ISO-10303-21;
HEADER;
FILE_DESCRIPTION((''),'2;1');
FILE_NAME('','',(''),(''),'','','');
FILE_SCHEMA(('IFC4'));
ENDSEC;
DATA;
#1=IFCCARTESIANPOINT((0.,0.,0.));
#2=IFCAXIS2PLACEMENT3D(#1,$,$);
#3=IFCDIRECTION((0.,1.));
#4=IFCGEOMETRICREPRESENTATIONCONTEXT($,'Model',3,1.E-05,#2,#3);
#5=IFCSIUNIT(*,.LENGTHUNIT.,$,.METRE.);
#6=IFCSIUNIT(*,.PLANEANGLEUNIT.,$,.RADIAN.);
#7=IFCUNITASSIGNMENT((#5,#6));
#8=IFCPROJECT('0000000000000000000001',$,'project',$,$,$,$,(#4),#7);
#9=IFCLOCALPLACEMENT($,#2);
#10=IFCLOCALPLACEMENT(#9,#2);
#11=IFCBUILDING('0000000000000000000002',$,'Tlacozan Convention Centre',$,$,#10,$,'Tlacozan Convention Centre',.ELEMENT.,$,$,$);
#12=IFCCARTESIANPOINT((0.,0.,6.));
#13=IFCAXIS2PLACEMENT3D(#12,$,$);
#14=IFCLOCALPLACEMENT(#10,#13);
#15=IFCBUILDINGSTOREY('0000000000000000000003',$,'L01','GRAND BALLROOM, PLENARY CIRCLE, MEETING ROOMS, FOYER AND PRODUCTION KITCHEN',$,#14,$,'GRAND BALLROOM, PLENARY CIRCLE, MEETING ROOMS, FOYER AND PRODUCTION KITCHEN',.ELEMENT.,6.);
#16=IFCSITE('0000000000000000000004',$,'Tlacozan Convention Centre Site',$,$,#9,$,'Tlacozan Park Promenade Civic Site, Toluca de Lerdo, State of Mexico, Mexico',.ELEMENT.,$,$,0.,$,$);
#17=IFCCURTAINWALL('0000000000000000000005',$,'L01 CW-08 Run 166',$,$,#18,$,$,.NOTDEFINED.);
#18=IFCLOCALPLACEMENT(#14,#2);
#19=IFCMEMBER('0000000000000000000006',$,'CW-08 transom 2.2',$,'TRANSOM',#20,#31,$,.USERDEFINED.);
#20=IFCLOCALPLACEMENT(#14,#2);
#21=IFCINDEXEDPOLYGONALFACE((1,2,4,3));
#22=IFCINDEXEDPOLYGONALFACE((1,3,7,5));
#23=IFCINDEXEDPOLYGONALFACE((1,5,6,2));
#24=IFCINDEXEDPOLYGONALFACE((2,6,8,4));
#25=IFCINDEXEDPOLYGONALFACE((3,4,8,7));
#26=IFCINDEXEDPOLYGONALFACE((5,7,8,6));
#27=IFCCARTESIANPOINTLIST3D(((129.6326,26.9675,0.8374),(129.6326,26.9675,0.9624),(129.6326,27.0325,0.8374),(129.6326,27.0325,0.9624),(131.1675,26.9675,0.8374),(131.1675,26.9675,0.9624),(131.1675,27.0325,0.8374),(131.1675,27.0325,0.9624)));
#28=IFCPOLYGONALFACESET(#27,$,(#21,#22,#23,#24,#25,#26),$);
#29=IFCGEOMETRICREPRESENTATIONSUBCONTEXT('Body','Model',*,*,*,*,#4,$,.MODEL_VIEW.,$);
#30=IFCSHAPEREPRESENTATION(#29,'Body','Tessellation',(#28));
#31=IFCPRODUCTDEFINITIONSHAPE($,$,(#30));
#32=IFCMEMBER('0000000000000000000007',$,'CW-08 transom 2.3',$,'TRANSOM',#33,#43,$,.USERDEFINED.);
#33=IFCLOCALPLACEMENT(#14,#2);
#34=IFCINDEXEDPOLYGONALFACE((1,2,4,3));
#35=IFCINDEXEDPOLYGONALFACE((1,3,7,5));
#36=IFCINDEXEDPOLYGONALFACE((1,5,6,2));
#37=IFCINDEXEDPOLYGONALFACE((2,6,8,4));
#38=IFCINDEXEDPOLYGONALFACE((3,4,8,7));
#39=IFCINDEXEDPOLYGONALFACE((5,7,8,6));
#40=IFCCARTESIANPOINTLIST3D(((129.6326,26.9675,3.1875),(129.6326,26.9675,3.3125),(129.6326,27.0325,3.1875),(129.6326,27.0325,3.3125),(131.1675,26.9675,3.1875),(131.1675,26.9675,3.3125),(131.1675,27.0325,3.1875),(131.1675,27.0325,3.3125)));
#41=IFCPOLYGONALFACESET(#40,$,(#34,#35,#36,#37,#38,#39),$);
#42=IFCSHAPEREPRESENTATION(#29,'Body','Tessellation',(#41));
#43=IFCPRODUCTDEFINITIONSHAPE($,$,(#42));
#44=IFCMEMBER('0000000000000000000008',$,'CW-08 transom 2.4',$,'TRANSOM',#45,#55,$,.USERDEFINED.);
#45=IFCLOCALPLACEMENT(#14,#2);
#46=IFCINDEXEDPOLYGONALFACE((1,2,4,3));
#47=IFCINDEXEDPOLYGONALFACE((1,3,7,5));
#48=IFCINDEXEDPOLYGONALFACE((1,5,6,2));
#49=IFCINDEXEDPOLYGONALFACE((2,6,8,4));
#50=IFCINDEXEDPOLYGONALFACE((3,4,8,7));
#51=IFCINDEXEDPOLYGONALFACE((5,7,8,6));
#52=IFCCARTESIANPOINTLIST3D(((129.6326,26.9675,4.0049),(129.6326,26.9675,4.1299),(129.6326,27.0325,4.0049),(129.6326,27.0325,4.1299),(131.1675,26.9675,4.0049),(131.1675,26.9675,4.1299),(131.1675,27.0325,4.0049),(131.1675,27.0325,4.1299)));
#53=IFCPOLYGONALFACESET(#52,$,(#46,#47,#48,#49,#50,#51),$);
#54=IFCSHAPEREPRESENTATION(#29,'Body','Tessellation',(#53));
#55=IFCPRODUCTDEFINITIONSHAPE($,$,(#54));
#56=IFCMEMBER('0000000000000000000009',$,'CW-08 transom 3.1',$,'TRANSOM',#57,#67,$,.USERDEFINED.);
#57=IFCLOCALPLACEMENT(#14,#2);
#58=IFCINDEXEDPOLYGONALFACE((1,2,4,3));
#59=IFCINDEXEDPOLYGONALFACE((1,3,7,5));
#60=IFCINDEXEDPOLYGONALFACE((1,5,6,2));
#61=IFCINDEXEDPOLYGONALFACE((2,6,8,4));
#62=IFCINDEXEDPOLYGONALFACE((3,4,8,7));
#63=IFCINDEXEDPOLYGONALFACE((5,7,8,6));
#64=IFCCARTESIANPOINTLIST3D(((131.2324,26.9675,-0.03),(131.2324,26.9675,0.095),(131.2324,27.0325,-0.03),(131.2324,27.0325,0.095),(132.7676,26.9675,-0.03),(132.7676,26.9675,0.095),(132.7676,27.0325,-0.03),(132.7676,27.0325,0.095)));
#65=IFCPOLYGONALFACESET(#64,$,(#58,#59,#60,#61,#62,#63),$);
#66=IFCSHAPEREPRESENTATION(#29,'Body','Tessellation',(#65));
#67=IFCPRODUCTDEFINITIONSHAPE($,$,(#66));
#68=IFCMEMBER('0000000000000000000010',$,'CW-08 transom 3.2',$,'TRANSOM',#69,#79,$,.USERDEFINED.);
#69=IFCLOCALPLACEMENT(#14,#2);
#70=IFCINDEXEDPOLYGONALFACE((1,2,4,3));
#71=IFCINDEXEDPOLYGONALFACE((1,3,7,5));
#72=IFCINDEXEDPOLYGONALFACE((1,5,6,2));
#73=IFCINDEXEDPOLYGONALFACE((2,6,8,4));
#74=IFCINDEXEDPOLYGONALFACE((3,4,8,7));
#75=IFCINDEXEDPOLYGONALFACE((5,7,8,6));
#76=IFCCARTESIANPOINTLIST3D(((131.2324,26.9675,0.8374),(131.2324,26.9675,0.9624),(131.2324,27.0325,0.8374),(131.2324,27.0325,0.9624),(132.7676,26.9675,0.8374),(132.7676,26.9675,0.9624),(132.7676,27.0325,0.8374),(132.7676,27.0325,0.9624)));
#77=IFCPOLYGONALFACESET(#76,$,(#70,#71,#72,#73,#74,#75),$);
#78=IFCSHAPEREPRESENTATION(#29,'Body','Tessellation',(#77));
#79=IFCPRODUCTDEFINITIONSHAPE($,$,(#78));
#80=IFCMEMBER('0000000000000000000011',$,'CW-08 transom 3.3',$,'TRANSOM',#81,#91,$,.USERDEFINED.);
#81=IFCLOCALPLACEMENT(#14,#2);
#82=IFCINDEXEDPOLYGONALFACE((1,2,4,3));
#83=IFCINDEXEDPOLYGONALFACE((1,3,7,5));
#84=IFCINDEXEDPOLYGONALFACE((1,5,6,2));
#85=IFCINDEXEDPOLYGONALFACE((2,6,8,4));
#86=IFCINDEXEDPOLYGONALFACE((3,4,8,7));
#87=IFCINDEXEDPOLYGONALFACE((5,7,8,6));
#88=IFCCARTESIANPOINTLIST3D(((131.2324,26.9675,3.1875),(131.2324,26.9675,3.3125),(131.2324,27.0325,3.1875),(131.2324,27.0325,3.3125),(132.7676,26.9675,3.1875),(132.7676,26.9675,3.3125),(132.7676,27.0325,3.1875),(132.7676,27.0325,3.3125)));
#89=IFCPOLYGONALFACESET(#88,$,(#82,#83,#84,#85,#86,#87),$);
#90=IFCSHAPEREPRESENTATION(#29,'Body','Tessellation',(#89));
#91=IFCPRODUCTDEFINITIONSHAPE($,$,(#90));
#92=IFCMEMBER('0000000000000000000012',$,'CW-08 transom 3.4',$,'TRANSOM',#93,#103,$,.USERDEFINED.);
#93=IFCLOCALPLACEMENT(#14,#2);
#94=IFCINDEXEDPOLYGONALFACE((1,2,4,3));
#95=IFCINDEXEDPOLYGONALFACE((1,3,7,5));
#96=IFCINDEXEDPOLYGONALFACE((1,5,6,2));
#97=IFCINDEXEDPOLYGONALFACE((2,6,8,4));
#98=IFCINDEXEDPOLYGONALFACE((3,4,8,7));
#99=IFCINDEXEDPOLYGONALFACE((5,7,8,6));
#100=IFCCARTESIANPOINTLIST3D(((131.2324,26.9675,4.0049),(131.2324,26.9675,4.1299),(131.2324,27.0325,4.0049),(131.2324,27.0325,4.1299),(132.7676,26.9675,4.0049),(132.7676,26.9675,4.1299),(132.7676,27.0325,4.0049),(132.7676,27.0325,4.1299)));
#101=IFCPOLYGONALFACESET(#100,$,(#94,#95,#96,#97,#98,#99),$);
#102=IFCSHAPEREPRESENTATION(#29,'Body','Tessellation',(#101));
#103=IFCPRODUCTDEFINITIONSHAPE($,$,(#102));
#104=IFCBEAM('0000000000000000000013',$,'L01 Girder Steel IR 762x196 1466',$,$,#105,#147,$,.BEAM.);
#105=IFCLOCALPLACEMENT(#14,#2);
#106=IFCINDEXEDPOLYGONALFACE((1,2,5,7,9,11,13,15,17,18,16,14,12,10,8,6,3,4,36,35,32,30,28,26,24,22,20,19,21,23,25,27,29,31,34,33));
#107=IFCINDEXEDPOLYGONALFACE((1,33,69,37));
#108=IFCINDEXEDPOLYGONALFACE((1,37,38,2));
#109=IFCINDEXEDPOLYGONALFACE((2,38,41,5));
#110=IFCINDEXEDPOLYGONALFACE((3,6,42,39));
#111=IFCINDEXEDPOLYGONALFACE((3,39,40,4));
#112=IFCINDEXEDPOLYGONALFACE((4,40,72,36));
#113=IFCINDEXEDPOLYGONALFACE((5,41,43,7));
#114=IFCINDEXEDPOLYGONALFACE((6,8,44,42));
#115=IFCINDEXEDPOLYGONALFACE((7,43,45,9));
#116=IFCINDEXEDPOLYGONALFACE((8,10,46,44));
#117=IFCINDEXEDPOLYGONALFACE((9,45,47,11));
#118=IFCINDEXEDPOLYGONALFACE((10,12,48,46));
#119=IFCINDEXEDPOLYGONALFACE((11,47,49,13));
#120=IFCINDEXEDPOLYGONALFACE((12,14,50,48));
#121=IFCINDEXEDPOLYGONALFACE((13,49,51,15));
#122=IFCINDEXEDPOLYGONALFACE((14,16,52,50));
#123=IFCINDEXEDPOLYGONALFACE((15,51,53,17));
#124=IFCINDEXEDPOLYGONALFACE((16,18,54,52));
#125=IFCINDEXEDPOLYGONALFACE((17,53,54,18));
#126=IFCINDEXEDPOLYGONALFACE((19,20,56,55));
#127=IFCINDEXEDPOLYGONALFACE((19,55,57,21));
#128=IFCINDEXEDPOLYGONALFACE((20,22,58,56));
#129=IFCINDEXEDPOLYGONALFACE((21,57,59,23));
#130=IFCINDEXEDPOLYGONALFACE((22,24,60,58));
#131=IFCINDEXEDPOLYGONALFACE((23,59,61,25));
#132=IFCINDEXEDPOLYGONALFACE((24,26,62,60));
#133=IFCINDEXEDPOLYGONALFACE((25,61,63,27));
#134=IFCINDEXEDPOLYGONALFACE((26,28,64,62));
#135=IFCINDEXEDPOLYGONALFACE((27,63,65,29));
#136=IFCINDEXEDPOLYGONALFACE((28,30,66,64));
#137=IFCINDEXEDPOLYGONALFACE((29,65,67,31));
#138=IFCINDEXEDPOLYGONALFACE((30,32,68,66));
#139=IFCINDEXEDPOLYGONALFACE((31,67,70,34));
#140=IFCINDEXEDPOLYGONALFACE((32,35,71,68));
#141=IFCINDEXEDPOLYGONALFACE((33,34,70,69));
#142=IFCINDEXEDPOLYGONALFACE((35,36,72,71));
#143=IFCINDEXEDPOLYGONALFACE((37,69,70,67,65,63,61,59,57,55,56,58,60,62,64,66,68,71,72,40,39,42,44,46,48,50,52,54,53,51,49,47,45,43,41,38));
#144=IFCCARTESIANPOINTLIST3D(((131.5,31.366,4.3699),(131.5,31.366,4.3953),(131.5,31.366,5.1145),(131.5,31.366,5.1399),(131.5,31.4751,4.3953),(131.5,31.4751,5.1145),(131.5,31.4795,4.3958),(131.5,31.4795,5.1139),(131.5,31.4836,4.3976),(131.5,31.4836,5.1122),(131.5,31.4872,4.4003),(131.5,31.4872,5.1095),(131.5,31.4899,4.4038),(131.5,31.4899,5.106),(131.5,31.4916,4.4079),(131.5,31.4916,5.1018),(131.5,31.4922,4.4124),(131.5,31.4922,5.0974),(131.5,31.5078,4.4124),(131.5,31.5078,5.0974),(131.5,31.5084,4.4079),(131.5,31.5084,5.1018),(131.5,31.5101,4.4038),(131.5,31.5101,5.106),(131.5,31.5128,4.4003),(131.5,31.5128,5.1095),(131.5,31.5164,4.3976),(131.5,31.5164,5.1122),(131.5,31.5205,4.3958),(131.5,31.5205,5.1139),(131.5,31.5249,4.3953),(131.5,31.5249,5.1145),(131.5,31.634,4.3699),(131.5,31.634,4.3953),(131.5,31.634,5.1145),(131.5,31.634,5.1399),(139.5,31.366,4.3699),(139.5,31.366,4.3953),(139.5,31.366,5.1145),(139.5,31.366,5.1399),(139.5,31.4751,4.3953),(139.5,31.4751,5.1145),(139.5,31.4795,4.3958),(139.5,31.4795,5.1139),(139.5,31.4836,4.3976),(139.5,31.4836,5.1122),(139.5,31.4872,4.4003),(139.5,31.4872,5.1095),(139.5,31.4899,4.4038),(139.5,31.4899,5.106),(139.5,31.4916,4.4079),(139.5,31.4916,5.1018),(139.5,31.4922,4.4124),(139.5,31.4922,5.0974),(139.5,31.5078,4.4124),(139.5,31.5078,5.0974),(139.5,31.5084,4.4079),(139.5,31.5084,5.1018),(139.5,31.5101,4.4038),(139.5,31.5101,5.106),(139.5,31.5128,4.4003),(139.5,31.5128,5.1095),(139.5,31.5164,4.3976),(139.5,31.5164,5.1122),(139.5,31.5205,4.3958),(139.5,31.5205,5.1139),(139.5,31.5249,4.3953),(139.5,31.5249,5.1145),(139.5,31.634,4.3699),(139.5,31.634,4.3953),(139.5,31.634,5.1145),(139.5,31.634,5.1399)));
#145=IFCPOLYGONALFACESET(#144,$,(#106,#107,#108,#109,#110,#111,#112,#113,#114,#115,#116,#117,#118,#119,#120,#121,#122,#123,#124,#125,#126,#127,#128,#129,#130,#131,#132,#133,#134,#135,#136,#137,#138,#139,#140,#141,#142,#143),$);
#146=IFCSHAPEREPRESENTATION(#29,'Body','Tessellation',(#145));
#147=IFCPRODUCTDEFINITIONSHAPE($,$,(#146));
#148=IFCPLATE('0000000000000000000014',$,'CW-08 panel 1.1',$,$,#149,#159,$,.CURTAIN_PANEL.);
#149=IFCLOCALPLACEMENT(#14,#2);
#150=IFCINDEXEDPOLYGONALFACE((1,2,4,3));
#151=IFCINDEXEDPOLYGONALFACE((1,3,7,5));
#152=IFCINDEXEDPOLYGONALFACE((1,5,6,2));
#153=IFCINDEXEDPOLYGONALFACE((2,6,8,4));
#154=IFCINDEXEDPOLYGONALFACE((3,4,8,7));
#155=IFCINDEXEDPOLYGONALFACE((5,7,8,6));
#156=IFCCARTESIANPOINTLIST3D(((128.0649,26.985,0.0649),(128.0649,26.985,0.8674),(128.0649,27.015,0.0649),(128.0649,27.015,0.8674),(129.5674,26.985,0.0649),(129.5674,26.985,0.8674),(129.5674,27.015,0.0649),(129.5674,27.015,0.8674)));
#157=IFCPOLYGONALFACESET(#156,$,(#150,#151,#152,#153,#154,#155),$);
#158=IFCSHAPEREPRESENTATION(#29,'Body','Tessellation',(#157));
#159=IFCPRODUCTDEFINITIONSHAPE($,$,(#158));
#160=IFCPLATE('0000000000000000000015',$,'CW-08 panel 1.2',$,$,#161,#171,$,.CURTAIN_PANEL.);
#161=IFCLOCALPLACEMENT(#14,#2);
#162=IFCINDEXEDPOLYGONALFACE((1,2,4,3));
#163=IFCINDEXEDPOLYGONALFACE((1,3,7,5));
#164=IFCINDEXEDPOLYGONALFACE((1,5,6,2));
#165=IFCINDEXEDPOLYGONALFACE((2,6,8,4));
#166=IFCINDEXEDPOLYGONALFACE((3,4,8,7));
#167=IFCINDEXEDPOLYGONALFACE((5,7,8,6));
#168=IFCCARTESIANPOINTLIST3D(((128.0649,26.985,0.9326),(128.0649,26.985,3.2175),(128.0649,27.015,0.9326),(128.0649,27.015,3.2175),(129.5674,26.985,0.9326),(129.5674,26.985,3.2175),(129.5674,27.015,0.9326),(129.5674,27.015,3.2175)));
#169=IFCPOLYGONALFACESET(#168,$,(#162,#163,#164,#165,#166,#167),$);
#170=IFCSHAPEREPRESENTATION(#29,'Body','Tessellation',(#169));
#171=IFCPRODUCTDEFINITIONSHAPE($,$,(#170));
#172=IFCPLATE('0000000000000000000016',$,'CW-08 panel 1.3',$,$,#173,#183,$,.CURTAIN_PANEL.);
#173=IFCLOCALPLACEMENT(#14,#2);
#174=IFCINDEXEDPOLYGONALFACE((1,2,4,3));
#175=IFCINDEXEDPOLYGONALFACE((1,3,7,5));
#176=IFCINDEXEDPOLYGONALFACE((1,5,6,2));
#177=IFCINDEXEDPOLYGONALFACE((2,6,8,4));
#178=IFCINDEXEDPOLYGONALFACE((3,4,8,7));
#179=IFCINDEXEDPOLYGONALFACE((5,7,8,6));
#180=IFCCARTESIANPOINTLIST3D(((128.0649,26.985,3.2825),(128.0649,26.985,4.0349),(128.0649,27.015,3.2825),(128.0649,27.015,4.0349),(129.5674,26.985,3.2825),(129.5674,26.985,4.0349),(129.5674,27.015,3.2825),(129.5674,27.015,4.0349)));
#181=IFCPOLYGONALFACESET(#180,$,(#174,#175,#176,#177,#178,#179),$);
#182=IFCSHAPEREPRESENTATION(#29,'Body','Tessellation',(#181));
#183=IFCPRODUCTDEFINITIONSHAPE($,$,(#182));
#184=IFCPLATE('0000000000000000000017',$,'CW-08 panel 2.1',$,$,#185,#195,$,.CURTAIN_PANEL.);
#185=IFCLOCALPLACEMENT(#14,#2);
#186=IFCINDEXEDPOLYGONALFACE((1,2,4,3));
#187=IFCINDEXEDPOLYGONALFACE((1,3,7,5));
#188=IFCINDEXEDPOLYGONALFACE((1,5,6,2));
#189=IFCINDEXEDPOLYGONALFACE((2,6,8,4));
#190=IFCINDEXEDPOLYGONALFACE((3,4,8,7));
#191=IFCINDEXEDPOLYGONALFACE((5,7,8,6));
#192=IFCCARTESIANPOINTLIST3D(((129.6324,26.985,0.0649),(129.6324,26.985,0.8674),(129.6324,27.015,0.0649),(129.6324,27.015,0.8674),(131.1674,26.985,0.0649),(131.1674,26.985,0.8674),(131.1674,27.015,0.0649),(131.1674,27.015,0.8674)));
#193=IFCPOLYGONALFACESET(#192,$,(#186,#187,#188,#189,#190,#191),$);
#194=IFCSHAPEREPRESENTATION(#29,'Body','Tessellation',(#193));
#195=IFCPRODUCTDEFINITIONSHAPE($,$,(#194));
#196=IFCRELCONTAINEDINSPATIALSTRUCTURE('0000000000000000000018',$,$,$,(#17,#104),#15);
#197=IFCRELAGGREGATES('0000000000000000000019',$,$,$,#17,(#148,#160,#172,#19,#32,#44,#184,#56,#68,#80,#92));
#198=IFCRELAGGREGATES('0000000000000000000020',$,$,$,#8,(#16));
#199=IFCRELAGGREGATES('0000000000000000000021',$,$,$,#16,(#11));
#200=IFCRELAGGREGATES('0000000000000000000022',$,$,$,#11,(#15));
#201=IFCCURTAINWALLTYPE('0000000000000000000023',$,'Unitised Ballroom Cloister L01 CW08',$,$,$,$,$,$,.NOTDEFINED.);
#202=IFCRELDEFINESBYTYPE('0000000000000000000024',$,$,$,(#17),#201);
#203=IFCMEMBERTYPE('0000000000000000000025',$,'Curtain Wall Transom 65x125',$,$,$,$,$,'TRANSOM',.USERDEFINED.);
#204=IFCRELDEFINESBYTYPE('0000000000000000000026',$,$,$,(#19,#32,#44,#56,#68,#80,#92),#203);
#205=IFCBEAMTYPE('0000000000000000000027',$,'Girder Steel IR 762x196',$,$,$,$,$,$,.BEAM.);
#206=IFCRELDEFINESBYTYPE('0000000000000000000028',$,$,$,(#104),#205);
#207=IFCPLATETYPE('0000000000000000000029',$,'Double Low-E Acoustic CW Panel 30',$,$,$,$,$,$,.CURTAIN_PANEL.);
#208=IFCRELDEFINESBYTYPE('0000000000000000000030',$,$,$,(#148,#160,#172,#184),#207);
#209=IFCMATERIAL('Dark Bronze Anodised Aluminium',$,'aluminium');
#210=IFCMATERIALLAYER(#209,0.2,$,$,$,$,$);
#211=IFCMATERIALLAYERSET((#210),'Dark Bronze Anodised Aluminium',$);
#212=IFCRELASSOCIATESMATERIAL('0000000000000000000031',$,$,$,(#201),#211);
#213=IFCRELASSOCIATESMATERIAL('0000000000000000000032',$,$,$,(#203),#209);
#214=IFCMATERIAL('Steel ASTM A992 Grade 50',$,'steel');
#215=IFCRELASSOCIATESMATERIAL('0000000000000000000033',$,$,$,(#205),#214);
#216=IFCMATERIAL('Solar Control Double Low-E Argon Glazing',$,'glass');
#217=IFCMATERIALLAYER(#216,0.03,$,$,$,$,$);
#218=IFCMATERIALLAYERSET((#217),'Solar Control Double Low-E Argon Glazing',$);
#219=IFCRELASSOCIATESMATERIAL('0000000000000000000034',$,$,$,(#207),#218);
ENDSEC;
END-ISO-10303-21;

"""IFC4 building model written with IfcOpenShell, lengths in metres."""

from ifc_helpers import new_model, si_unit, direction, frame, origin, origin_2d, place, context, subcontext, project, spatial, rectangle, i_section, extrude, material, layer, layer_set, material_profile, profile_set, type_object, element, aggregate, save


model = new_model("IFC4")

# Units and contexts
model_context = context("Model", 3, precision=1e-05, world=origin(), true_north=direction((0.0, 1.0)))
body_context = subcontext(model_context, "Body", "Model", "MODEL_VIEW")
ifc_project = project(units=[si_unit("LENGTHUNIT", "METRE"), si_unit("PLANEANGLEUNIT", "RADIAN")], contexts=[model_context])

# Site, building, storey
site_placement = place(None, origin())
site = spatial("IfcSite", under=ifc_project, at=site_placement, Name="Tlacozan Convention Centre Site", LongName="Tlacozan Park Promenade Civic Site, Toluca de Lerdo, State of Mexico, Mexico", CompositionType="ELEMENT", RefElevation=0.0)
building_placement = place(site_placement, origin())
building = spatial("IfcBuilding", under=site, at=building_placement, Name="Tlacozan Convention Centre", LongName="Tlacozan Convention Centre", CompositionType="ELEMENT")
storey_placement = place(building_placement, frame((0.0, 0.0, 6.0)))
storey = spatial("IfcBuildingStorey", under=building, at=storey_placement, Name="L01", Description="GRAND BALLROOM, PLENARY CIRCLE, MEETING ROOMS, FOYER AND PRODUCTION KITCHEN", LongName="GRAND BALLROOM, PLENARY CIRCLE, MEETING ROOMS, FOYER AND PRODUCTION KITCHEN", CompositionType="ELEMENT", Elevation=6.0)

# Shared definitions
ifc_material_1 = material(Name="Steel ASTM A992 Grade 50", Category="steel")

# Curtain wall, members
ifc_material_2 = material(Name="Dark Bronze Anodised Aluminium", Category="aluminium")
ifc_layer_1 = layer(ifc_material_2, 0.2)
ifc_layer_set_1 = layer_set([ifc_layer_1], Name="Dark Bronze Anodised Aluminium")
curtain_wall_type = type_object("IfcCurtainWallType", Name="Unitised Ballroom Cloister L01 CW08", PredefinedType="NOTDEFINED", material=ifc_layer_set_1)
curtain_wall_placement = place(storey_placement, origin())
curtain_wall = element("IfcCurtainWall", 1, at=curtain_wall_placement, inside=storey, type_object=curtain_wall_type, Name="L01 CW-08 Run 166", PredefinedType="NOTDEFINED")
ifc_material_profile_1 = material_profile(ifc_material_2, rectangle(XDim=0.0649, YDim=0.125, at=origin_2d()), Name="ALU 65x125")
ifc_profile_set_1 = profile_set([ifc_material_profile_1], Name="Dark Bronze Anodised Aluminium")
member_type_1 = type_object("IfcMemberType", Name="Curtain Wall Transom 65x125", ElementType="TRANSOM", PredefinedType="USERDEFINED", material=ifc_profile_set_1)
member_1_placement = place(storey_placement, frame((129.6326, 27.0, 0.8999), z_axis=(1.0, 0.0, 0.0), x_axis=(0.0, 1.0, 0.0)))
member_1 = element("IfcMember", 2, at=member_1_placement, type_object=member_type_1, Name="CW-08 transom 2.2", ObjectType="TRANSOM", PredefinedType="USERDEFINED", context=body_context, shape_type="SweptSolid", body=[
    extrude(rectangle(XDim=0.0649, YDim=0.125, at=origin_2d()), origin(), (0.0, 0.0, 1.0), 1.5349),
])
member_2_placement = place(storey_placement, frame((129.6326, 27.0, 3.25), z_axis=(1.0, 0.0, 0.0), x_axis=(0.0, 1.0, 0.0)))
member_2 = element("IfcMember", 3, at=member_2_placement, type_object=member_type_1, Name="CW-08 transom 2.3", ObjectType="TRANSOM", PredefinedType="USERDEFINED", context=body_context, shape_type="SweptSolid", body=[
    extrude(rectangle(XDim=0.0649, YDim=0.125, at=origin_2d()), origin(), (0.0, 0.0, 1.0), 1.5349),
])
member_3_placement = place(storey_placement, frame((129.6326, 27.0, 4.0674), z_axis=(1.0, 0.0, 0.0), x_axis=(0.0, 1.0, 0.0)))
member_3 = element("IfcMember", 4, at=member_3_placement, type_object=member_type_1, Name="CW-08 transom 2.4", ObjectType="TRANSOM", PredefinedType="USERDEFINED", context=body_context, shape_type="SweptSolid", body=[
    extrude(rectangle(XDim=0.0649, YDim=0.125, at=origin_2d()), origin(), (0.0, 0.0, 1.0), 1.5349),
])
member_4_placement = place(storey_placement, frame((131.2324, 27.0, 0.0325), z_axis=(1.0, 0.0, 0.0), x_axis=(0.0, 1.0, 0.0)))
member_4 = element("IfcMember", 5, at=member_4_placement, type_object=member_type_1, Name="CW-08 transom 3.1", ObjectType="TRANSOM", PredefinedType="USERDEFINED", context=body_context, shape_type="SweptSolid", body=[
    extrude(rectangle(XDim=0.0649, YDim=0.125, at=origin_2d()), origin(), (0.0, 0.0, 1.0), 1.5352),
])
member_5_placement = place(storey_placement, frame((131.2324, 27.0, 0.8999), z_axis=(1.0, 0.0, 0.0), x_axis=(0.0, 1.0, 0.0)))
member_5 = element("IfcMember", 6, at=member_5_placement, type_object=member_type_1, Name="CW-08 transom 3.2", ObjectType="TRANSOM", PredefinedType="USERDEFINED", context=body_context, shape_type="SweptSolid", body=[
    extrude(rectangle(XDim=0.0649, YDim=0.125, at=origin_2d()), origin(), (0.0, 0.0, 1.0), 1.5352),
])
member_6_placement = place(storey_placement, frame((131.2324, 27.0, 3.25), z_axis=(1.0, 0.0, 0.0), x_axis=(0.0, 1.0, 0.0)))
member_6 = element("IfcMember", 7, at=member_6_placement, type_object=member_type_1, Name="CW-08 transom 3.3", ObjectType="TRANSOM", PredefinedType="USERDEFINED", context=body_context, shape_type="SweptSolid", body=[
    extrude(rectangle(XDim=0.0649, YDim=0.125, at=origin_2d()), origin(), (0.0, 0.0, 1.0), 1.5352),
])
member_7_placement = place(storey_placement, frame((131.2324, 27.0, 4.0674), z_axis=(1.0, 0.0, 0.0), x_axis=(0.0, 1.0, 0.0)))
member_7 = element("IfcMember", 8, at=member_7_placement, type_object=member_type_1, Name="CW-08 transom 3.4", ObjectType="TRANSOM", PredefinedType="USERDEFINED", context=body_context, shape_type="SweptSolid", body=[
    extrude(rectangle(XDim=0.0649, YDim=0.125, at=origin_2d()), origin(), (0.0, 0.0, 1.0), 1.5352),
])

# Beam
ifc_material_profile_2 = material_profile(ifc_material_1, i_section(OverallWidth=0.2681, OverallDepth=0.77, WebThickness=0.0156, FlangeThickness=0.0254, FilletRadius=0.0171, at=origin_2d()), Name="IR 762x196.0")
ifc_profile_set_2 = profile_set([ifc_material_profile_2], Name="Steel ASTM A992 Grade 50")
beam_type_1 = type_object("IfcBeamType", Name="Girder Steel IR 762x196", PredefinedType="BEAM", material=ifc_profile_set_2)
beam_1_placement = place(storey_placement, frame((131.5, 31.5, 4.7549), z_axis=(1.0, 0.0, 0.0), x_axis=(0.0, 1.0, 0.0)))
element("IfcBeam", 9, at=beam_1_placement, inside=storey, type_object=beam_type_1, Name="L01 Girder Steel IR 762x196 1466", PredefinedType="BEAM", context=body_context, shape_type="SweptSolid", body=[
    extrude(i_section(OverallWidth=0.2681, OverallDepth=0.77, WebThickness=0.0156, FlangeThickness=0.0254, FilletRadius=0.0171, at=origin_2d()), origin(), (0.0, 0.0, 1.0), 8.0),
])

# Plates
ifc_material_3 = material(Name="Solar Control Double Low-E Argon Glazing", Category="glass")
ifc_layer_2 = layer(ifc_material_3, 0.03)
ifc_layer_set_2 = layer_set([ifc_layer_2], Name="Solar Control Double Low-E Argon Glazing")
plate_type = type_object("IfcPlateType", Name="Double Low-E Acoustic CW Panel 30", PredefinedType="CURTAIN_PANEL", material=ifc_layer_set_2)
plate_1_placement = place(storey_placement, frame((128.8162, 27.0, 0.0649), z_axis=(0.0, 0.0, 1.0), x_axis=(1.0, 0.0, 0.0)))
plate_1 = element("IfcPlate", 10, at=plate_1_placement, type_object=plate_type, Name="CW-08 panel 1.1", PredefinedType="CURTAIN_PANEL", context=body_context, shape_type="SweptSolid", body=[
    extrude(rectangle(XDim=1.5024, YDim=0.03, at=origin_2d()), origin(), (0.0, 0.0, 1.0), 0.8025),
])
plate_2_placement = place(storey_placement, frame((128.8162, 27.0, 0.9326), z_axis=(0.0, 0.0, 1.0), x_axis=(1.0, 0.0, 0.0)))
plate_2 = element("IfcPlate", 11, at=plate_2_placement, type_object=plate_type, Name="CW-08 panel 1.2", PredefinedType="CURTAIN_PANEL", context=body_context, shape_type="SweptSolid", body=[
    extrude(rectangle(XDim=1.5024, YDim=0.03, at=origin_2d()), origin(), (0.0, 0.0, 1.0), 2.2849),
])
plate_3_placement = place(storey_placement, frame((128.8162, 27.0, 3.2825), z_axis=(0.0, 0.0, 1.0), x_axis=(1.0, 0.0, 0.0)))
plate_3 = element("IfcPlate", 12, at=plate_3_placement, type_object=plate_type, Name="CW-08 panel 1.3", PredefinedType="CURTAIN_PANEL", context=body_context, shape_type="SweptSolid", body=[
    extrude(rectangle(XDim=1.5024, YDim=0.03, at=origin_2d()), origin(), (0.0, 0.0, 1.0), 0.7524),
])
plate_4_placement = place(storey_placement, frame((130.3999, 27.0, 0.0649), z_axis=(0.0, 0.0, 1.0), x_axis=(1.0, 0.0, 0.0)))
plate_4 = element("IfcPlate", 13, at=plate_4_placement, type_object=plate_type, Name="CW-08 panel 2.1", PredefinedType="CURTAIN_PANEL", context=body_context, shape_type="SweptSolid", body=[
    extrude(rectangle(XDim=1.5349, YDim=0.03, at=origin_2d()), origin(), (0.0, 0.0, 1.0), 0.8025),
])
aggregate(curtain_wall, [plate_1, plate_2, plate_3, member_1, member_2, member_3, plate_4, member_4, member_5, member_6, member_7])

save(model, "model.ifc")
